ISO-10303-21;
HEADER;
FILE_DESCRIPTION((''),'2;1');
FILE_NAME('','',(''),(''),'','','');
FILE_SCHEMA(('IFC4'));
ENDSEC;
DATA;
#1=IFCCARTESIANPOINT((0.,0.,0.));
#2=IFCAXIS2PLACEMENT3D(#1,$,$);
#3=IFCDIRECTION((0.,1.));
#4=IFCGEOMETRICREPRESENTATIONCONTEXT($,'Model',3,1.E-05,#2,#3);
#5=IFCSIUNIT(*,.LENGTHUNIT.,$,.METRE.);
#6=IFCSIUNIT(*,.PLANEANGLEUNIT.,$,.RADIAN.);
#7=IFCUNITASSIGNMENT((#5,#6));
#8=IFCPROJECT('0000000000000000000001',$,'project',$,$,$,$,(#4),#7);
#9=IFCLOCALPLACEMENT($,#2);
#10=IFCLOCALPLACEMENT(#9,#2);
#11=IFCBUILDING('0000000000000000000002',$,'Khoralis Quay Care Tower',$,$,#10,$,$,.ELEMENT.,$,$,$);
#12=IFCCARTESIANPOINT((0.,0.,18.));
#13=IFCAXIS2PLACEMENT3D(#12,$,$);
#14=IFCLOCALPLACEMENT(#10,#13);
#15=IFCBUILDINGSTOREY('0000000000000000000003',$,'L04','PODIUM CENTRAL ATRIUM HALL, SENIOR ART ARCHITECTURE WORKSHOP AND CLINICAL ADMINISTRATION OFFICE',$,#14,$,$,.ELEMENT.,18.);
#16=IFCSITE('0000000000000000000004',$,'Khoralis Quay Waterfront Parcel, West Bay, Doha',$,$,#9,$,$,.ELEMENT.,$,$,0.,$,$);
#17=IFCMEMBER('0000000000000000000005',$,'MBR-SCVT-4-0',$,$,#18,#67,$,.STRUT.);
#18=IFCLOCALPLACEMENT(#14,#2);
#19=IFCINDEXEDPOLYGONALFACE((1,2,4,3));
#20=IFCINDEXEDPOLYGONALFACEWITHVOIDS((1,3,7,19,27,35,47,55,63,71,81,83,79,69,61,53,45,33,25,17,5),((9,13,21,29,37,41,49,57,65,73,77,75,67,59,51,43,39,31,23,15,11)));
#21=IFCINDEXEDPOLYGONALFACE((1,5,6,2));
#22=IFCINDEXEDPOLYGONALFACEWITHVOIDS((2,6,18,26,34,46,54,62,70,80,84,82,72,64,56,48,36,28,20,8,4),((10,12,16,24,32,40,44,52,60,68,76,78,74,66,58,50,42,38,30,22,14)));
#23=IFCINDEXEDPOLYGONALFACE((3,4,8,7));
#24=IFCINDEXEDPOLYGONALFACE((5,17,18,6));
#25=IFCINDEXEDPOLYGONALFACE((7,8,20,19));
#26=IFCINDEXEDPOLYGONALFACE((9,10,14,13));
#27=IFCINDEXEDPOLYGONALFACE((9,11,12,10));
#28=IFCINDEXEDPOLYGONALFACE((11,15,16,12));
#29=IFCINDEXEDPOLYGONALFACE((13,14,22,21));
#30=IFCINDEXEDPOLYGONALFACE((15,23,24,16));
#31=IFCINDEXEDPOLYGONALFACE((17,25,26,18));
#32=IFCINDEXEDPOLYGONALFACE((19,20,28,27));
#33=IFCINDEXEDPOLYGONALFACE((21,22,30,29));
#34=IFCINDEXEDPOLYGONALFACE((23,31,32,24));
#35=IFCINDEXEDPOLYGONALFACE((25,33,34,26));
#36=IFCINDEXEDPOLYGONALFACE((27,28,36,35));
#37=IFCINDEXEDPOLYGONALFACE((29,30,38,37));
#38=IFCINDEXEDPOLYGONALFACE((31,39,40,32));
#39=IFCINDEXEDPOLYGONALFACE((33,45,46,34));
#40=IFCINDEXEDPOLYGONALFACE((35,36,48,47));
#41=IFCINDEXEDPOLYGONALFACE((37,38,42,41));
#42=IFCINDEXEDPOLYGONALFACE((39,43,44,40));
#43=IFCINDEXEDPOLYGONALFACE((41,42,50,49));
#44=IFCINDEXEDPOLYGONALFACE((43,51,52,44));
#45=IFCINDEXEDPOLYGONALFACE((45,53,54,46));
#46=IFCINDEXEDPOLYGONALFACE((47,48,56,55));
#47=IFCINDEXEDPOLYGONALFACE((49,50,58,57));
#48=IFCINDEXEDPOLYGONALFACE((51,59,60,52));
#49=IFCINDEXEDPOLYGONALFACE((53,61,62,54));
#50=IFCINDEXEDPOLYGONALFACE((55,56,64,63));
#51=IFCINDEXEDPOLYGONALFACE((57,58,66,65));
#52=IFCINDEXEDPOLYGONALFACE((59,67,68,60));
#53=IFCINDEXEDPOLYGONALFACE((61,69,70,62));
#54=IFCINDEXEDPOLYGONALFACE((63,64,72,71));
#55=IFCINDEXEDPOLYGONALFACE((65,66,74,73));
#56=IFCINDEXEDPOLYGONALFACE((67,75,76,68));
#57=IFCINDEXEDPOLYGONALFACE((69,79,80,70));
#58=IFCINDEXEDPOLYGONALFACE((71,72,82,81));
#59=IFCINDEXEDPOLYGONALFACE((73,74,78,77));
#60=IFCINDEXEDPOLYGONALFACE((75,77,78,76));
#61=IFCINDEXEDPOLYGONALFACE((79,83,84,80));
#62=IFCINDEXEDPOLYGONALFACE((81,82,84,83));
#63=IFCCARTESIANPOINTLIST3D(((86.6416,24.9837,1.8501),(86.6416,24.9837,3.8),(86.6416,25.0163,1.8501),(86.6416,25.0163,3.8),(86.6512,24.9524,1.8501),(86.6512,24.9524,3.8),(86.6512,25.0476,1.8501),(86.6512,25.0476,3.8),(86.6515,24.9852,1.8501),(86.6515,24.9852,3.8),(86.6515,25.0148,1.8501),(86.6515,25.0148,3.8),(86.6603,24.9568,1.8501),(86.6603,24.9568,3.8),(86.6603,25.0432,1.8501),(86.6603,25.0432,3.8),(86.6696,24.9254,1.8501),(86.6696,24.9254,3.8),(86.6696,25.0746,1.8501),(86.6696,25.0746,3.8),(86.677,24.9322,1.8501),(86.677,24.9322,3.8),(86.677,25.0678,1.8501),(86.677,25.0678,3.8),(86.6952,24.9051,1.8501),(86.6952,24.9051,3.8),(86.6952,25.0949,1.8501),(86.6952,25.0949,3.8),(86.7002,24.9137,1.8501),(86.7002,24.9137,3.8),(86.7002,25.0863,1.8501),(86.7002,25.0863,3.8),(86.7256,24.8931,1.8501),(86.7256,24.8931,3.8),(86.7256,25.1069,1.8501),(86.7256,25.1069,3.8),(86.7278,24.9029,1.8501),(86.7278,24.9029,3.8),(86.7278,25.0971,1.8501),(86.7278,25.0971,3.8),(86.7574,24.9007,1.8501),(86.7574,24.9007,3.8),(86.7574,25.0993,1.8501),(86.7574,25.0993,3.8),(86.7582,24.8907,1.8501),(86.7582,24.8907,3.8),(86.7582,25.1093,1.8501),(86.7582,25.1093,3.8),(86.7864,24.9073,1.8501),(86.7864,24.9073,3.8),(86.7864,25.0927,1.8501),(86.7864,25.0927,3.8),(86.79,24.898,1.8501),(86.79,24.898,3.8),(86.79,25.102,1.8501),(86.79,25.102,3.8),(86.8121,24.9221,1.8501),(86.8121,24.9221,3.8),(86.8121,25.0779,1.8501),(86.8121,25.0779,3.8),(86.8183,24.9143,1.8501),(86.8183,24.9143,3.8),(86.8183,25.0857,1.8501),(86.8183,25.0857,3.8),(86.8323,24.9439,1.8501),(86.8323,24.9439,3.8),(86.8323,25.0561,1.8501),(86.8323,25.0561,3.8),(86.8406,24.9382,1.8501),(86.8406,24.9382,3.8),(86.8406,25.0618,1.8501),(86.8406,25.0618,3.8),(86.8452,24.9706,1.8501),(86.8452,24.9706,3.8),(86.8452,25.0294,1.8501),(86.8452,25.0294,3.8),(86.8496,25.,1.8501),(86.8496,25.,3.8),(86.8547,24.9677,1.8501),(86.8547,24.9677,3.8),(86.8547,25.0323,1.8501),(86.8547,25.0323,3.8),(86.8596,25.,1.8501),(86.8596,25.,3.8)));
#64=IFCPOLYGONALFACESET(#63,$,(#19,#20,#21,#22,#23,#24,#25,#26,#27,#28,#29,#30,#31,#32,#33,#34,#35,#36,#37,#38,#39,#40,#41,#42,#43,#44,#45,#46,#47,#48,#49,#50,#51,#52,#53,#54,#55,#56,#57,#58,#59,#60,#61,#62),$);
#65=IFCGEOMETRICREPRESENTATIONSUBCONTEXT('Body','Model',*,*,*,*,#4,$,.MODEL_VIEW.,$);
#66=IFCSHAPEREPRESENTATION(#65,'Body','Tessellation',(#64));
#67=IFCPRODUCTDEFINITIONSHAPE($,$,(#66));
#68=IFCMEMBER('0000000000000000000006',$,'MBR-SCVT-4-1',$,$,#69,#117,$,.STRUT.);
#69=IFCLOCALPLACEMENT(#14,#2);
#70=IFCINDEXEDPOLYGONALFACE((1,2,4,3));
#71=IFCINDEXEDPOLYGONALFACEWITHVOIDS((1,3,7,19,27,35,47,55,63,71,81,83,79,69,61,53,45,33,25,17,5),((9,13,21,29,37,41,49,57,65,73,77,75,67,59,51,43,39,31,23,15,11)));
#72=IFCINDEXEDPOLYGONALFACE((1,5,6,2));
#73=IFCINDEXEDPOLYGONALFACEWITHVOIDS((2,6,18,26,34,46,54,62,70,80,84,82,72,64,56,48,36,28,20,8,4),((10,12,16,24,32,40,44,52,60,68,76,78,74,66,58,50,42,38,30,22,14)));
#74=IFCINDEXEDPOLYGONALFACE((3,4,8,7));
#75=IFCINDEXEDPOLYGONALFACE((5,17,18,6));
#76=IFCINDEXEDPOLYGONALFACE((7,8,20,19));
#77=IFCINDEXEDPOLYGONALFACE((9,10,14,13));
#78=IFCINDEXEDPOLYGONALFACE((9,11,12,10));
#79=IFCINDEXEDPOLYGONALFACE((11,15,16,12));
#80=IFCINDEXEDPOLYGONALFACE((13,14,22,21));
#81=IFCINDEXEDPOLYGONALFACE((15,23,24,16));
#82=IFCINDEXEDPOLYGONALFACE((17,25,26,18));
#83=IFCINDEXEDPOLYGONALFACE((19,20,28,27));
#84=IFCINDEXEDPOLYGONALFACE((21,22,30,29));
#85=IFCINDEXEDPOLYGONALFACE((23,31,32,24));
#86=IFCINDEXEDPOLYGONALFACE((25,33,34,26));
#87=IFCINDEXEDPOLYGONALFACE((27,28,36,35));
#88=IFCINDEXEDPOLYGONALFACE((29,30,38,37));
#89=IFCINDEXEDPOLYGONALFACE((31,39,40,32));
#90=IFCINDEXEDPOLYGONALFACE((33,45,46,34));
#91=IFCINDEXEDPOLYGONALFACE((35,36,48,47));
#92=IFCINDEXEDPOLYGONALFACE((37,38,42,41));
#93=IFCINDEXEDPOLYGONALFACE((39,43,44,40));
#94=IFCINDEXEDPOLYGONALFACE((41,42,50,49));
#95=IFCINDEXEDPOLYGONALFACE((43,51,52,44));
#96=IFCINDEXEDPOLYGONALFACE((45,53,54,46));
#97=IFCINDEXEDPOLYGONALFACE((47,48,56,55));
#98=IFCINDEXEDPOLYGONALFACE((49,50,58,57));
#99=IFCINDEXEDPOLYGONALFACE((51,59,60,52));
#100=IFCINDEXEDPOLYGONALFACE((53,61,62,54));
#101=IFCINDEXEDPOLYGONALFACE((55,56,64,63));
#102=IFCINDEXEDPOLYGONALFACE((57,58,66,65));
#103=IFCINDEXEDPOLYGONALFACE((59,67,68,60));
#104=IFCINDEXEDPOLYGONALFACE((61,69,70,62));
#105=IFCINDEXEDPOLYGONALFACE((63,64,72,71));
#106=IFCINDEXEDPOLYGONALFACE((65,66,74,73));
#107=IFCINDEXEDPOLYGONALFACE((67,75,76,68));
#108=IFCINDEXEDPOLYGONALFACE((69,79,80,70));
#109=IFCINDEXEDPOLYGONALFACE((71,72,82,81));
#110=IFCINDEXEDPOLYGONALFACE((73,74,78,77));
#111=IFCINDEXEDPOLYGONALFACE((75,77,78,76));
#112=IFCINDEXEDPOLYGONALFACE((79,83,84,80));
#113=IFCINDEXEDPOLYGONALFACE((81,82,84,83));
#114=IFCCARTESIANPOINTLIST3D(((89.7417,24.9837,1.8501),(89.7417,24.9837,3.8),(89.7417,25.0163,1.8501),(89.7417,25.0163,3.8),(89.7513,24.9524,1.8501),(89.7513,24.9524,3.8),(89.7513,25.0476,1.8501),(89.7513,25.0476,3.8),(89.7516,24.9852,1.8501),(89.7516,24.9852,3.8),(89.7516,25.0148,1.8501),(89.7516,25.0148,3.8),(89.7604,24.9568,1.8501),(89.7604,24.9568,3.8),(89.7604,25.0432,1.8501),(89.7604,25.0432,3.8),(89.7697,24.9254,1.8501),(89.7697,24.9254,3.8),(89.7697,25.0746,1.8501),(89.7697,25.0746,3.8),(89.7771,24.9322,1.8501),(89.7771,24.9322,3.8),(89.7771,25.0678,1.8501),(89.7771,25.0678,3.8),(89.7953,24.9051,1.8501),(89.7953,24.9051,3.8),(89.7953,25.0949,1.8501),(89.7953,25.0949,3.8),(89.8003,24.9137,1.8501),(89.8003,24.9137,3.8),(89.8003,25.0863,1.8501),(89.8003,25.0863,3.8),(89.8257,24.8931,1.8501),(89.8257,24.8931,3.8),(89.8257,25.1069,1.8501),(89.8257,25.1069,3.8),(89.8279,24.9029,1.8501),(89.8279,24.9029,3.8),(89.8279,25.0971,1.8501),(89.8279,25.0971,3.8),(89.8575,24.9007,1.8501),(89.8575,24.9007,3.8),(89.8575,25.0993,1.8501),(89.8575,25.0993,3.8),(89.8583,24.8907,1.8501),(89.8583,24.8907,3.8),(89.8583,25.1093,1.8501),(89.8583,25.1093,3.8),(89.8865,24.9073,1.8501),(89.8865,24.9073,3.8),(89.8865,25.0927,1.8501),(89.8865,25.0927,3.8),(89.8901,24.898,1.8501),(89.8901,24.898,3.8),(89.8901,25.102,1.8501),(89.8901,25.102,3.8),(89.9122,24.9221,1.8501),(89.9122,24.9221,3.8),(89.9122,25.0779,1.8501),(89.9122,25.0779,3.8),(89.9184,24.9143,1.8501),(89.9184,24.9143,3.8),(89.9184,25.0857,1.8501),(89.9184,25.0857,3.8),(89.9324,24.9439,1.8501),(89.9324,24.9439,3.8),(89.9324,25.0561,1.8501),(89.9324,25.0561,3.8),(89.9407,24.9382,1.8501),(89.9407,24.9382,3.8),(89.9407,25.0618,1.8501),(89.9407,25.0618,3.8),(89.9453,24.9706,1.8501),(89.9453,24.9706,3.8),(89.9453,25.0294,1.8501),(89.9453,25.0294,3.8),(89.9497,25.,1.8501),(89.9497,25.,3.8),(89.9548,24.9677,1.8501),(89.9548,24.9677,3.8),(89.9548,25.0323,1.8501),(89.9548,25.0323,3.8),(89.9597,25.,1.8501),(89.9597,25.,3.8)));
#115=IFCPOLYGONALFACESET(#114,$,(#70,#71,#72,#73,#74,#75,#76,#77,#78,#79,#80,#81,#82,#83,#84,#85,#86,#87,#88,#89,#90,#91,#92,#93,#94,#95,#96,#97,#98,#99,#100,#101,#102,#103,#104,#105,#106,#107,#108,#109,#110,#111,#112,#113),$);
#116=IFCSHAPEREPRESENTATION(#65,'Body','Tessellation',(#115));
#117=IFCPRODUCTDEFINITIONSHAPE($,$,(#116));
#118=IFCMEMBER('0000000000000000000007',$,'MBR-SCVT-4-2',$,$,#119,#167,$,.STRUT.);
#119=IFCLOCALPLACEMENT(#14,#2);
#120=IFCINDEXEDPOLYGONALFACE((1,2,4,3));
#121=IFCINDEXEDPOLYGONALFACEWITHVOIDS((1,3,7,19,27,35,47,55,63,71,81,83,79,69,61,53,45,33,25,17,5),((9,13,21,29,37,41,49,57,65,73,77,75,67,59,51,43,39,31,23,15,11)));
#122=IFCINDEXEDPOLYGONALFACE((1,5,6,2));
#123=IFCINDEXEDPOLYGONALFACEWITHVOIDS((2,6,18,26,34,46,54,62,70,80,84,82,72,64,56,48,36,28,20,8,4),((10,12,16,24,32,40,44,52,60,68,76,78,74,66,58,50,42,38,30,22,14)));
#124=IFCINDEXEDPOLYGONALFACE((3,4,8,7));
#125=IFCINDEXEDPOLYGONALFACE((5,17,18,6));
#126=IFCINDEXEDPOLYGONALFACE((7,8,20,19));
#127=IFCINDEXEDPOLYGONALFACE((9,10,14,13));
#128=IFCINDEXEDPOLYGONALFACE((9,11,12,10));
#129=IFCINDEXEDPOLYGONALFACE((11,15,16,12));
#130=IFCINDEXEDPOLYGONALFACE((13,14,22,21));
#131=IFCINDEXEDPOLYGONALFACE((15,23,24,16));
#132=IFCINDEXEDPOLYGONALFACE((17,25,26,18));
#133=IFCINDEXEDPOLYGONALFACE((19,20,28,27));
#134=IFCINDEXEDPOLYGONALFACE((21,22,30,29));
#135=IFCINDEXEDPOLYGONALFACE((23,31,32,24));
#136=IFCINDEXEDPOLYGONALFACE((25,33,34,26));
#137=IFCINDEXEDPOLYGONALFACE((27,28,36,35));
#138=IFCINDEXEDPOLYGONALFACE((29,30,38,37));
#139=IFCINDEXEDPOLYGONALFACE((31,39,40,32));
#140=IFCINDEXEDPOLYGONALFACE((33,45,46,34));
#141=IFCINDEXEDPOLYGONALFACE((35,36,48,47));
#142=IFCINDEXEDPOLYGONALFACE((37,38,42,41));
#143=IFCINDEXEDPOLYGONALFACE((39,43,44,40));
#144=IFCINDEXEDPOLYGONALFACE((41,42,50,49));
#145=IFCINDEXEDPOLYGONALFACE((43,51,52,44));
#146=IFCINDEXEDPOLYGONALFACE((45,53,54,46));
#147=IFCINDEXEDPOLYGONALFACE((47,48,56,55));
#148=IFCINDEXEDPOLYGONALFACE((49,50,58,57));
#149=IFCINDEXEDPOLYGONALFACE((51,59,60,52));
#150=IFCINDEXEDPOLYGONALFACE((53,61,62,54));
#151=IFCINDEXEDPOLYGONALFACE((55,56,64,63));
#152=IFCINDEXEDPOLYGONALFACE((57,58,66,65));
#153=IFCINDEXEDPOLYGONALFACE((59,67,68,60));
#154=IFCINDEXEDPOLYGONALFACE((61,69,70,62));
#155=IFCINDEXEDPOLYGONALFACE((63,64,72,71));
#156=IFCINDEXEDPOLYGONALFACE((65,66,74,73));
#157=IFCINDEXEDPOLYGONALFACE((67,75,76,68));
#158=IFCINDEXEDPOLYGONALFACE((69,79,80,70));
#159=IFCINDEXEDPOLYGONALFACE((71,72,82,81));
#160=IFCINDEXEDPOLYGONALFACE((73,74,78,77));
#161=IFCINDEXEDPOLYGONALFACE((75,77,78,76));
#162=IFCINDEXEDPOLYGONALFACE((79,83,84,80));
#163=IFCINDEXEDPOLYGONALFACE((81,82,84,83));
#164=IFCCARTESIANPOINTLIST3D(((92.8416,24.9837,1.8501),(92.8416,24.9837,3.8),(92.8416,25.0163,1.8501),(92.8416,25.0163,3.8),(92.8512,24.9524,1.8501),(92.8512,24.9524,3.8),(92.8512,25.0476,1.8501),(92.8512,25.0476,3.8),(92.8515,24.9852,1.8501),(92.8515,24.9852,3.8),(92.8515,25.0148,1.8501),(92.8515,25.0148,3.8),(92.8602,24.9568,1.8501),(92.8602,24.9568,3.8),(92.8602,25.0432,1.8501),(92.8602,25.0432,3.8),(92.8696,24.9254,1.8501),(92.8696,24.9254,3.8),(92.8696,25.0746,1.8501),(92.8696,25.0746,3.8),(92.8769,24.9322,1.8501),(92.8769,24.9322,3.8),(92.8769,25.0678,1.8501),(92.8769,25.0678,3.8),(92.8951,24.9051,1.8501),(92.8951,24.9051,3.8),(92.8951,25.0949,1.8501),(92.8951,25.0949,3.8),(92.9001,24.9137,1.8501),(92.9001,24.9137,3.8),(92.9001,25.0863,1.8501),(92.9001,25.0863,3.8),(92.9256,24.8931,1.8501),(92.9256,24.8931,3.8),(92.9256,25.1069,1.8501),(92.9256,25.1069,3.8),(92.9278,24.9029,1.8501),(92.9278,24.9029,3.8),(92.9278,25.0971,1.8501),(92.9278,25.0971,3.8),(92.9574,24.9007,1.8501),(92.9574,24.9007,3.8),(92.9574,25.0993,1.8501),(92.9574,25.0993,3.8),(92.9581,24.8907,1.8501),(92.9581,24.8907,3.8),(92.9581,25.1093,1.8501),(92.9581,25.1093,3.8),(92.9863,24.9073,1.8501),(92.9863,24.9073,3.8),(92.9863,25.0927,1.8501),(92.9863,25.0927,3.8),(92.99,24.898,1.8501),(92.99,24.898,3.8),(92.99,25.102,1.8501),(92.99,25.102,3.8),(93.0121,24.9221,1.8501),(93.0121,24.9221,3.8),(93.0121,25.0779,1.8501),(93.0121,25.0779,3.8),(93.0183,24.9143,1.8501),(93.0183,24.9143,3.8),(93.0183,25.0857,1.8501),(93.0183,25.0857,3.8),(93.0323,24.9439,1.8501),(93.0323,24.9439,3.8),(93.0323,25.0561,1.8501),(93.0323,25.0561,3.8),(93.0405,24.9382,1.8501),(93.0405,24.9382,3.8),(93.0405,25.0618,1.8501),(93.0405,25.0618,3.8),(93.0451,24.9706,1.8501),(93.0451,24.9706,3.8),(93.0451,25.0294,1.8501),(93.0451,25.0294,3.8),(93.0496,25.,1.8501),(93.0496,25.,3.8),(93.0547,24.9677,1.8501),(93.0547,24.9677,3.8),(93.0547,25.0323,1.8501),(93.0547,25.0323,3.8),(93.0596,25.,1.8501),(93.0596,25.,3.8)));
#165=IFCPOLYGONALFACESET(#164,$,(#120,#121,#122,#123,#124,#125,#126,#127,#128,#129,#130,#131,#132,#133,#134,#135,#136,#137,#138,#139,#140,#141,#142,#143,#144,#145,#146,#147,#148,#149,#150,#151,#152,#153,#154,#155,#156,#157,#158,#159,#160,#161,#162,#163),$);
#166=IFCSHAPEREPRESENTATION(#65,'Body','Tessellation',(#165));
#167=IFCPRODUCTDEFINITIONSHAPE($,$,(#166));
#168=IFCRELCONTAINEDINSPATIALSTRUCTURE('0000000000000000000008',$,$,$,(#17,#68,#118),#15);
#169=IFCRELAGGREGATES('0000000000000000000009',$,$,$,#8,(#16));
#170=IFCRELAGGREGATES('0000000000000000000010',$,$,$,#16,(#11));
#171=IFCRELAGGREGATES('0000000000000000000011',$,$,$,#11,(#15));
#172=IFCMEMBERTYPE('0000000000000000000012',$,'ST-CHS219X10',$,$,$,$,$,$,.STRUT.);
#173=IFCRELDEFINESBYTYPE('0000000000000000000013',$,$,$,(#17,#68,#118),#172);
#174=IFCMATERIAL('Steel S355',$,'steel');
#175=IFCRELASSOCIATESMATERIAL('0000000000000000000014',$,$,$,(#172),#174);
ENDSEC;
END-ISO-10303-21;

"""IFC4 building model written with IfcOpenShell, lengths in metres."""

from ifc_helpers import new_model, si_unit, direction, frame, origin, origin_2d, place, context, subcontext, project, spatial, hollow_circle, extrude, source, transform, mapped, material, material_profile, profile_set, type_object, element, save


model = new_model("IFC4")

# Units and contexts
model_context = context("Model", 3, precision=1e-05, world=origin(), true_north=direction((0.0, 1.0)))
body_context = subcontext(model_context, "Body", "Model", "MODEL_VIEW")
ifc_project = project(units=[si_unit("LENGTHUNIT", "METRE"), si_unit("PLANEANGLEUNIT", "RADIAN")], contexts=[model_context])

# Site, building, storey
site_placement = place(None, origin())
site = spatial("IfcSite", under=ifc_project, at=site_placement, Name="Khoralis Quay Waterfront Parcel, West Bay, Doha", CompositionType="ELEMENT", RefElevation=0.0)
building_placement = place(site_placement, origin())
building = spatial("IfcBuilding", under=site, at=building_placement, Name="Khoralis Quay Care Tower", CompositionType="ELEMENT")
storey_placement = place(building_placement, frame((0.0, 0.0, 18.0)))
storey = spatial("IfcBuildingStorey", under=building, at=storey_placement, Name="L04", Description="PODIUM CENTRAL ATRIUM HALL, SENIOR ART ARCHITECTURE WORKSHOP AND CLINICAL ADMINISTRATION OFFICE", CompositionType="ELEMENT", Elevation=18.0)

# Shared definitions
ifc_material_1 = material(Name="Steel S355", Category="steel")

# Members
ifc_material_profile_1 = material_profile(ifc_material_1, hollow_circle(Radius=0.1096, WallThickness=0.01, at=origin_2d()), Name="Steel S355")
ifc_profile_set_1 = profile_set([ifc_material_profile_1], Name="Steel S355")
member_type_1 = type_object("IfcMemberType", Name="ST-CHS219X10", PredefinedType="STRUT", material=ifc_profile_set_1)
shared_shape_1 = source(origin(), body_context, "Body", "SweptSolid", [
    extrude(hollow_circle(Radius=0.1096, WallThickness=0.01, at=origin_2d()), origin(), (0.0, 0.0, 1.0), 1.95),
])
for number, where, z_axis, x_axis, name in (
    (1, (86.75, 25.0, 1.8501), (0.0, 0.0, 1.0), (1.0, 0.0, 0.0), "MBR-SCVT-4-0"),
    (2, (89.8501, 25.0, 1.8501), (0.0, 0.0, 1.0), (1.0, 0.0, 0.0), "MBR-SCVT-4-1"),
    (3, (92.95, 25.0, 1.8501), (0.0, 0.0, 1.0), (1.0, 0.0, 0.0), "MBR-SCVT-4-2"),
):
    element("IfcMember", number, at=place(storey_placement, frame(where, z_axis=z_axis, x_axis=x_axis)), inside=storey, type_object=member_type_1, Name=name, PredefinedType="STRUT", context=body_context, shape_type="MappedRepresentation", body=[
        mapped(shared_shape_1, transform((0.0, 0.0, 0.0), scale=1.0)),
    ])

save(model, "model.ifc")
